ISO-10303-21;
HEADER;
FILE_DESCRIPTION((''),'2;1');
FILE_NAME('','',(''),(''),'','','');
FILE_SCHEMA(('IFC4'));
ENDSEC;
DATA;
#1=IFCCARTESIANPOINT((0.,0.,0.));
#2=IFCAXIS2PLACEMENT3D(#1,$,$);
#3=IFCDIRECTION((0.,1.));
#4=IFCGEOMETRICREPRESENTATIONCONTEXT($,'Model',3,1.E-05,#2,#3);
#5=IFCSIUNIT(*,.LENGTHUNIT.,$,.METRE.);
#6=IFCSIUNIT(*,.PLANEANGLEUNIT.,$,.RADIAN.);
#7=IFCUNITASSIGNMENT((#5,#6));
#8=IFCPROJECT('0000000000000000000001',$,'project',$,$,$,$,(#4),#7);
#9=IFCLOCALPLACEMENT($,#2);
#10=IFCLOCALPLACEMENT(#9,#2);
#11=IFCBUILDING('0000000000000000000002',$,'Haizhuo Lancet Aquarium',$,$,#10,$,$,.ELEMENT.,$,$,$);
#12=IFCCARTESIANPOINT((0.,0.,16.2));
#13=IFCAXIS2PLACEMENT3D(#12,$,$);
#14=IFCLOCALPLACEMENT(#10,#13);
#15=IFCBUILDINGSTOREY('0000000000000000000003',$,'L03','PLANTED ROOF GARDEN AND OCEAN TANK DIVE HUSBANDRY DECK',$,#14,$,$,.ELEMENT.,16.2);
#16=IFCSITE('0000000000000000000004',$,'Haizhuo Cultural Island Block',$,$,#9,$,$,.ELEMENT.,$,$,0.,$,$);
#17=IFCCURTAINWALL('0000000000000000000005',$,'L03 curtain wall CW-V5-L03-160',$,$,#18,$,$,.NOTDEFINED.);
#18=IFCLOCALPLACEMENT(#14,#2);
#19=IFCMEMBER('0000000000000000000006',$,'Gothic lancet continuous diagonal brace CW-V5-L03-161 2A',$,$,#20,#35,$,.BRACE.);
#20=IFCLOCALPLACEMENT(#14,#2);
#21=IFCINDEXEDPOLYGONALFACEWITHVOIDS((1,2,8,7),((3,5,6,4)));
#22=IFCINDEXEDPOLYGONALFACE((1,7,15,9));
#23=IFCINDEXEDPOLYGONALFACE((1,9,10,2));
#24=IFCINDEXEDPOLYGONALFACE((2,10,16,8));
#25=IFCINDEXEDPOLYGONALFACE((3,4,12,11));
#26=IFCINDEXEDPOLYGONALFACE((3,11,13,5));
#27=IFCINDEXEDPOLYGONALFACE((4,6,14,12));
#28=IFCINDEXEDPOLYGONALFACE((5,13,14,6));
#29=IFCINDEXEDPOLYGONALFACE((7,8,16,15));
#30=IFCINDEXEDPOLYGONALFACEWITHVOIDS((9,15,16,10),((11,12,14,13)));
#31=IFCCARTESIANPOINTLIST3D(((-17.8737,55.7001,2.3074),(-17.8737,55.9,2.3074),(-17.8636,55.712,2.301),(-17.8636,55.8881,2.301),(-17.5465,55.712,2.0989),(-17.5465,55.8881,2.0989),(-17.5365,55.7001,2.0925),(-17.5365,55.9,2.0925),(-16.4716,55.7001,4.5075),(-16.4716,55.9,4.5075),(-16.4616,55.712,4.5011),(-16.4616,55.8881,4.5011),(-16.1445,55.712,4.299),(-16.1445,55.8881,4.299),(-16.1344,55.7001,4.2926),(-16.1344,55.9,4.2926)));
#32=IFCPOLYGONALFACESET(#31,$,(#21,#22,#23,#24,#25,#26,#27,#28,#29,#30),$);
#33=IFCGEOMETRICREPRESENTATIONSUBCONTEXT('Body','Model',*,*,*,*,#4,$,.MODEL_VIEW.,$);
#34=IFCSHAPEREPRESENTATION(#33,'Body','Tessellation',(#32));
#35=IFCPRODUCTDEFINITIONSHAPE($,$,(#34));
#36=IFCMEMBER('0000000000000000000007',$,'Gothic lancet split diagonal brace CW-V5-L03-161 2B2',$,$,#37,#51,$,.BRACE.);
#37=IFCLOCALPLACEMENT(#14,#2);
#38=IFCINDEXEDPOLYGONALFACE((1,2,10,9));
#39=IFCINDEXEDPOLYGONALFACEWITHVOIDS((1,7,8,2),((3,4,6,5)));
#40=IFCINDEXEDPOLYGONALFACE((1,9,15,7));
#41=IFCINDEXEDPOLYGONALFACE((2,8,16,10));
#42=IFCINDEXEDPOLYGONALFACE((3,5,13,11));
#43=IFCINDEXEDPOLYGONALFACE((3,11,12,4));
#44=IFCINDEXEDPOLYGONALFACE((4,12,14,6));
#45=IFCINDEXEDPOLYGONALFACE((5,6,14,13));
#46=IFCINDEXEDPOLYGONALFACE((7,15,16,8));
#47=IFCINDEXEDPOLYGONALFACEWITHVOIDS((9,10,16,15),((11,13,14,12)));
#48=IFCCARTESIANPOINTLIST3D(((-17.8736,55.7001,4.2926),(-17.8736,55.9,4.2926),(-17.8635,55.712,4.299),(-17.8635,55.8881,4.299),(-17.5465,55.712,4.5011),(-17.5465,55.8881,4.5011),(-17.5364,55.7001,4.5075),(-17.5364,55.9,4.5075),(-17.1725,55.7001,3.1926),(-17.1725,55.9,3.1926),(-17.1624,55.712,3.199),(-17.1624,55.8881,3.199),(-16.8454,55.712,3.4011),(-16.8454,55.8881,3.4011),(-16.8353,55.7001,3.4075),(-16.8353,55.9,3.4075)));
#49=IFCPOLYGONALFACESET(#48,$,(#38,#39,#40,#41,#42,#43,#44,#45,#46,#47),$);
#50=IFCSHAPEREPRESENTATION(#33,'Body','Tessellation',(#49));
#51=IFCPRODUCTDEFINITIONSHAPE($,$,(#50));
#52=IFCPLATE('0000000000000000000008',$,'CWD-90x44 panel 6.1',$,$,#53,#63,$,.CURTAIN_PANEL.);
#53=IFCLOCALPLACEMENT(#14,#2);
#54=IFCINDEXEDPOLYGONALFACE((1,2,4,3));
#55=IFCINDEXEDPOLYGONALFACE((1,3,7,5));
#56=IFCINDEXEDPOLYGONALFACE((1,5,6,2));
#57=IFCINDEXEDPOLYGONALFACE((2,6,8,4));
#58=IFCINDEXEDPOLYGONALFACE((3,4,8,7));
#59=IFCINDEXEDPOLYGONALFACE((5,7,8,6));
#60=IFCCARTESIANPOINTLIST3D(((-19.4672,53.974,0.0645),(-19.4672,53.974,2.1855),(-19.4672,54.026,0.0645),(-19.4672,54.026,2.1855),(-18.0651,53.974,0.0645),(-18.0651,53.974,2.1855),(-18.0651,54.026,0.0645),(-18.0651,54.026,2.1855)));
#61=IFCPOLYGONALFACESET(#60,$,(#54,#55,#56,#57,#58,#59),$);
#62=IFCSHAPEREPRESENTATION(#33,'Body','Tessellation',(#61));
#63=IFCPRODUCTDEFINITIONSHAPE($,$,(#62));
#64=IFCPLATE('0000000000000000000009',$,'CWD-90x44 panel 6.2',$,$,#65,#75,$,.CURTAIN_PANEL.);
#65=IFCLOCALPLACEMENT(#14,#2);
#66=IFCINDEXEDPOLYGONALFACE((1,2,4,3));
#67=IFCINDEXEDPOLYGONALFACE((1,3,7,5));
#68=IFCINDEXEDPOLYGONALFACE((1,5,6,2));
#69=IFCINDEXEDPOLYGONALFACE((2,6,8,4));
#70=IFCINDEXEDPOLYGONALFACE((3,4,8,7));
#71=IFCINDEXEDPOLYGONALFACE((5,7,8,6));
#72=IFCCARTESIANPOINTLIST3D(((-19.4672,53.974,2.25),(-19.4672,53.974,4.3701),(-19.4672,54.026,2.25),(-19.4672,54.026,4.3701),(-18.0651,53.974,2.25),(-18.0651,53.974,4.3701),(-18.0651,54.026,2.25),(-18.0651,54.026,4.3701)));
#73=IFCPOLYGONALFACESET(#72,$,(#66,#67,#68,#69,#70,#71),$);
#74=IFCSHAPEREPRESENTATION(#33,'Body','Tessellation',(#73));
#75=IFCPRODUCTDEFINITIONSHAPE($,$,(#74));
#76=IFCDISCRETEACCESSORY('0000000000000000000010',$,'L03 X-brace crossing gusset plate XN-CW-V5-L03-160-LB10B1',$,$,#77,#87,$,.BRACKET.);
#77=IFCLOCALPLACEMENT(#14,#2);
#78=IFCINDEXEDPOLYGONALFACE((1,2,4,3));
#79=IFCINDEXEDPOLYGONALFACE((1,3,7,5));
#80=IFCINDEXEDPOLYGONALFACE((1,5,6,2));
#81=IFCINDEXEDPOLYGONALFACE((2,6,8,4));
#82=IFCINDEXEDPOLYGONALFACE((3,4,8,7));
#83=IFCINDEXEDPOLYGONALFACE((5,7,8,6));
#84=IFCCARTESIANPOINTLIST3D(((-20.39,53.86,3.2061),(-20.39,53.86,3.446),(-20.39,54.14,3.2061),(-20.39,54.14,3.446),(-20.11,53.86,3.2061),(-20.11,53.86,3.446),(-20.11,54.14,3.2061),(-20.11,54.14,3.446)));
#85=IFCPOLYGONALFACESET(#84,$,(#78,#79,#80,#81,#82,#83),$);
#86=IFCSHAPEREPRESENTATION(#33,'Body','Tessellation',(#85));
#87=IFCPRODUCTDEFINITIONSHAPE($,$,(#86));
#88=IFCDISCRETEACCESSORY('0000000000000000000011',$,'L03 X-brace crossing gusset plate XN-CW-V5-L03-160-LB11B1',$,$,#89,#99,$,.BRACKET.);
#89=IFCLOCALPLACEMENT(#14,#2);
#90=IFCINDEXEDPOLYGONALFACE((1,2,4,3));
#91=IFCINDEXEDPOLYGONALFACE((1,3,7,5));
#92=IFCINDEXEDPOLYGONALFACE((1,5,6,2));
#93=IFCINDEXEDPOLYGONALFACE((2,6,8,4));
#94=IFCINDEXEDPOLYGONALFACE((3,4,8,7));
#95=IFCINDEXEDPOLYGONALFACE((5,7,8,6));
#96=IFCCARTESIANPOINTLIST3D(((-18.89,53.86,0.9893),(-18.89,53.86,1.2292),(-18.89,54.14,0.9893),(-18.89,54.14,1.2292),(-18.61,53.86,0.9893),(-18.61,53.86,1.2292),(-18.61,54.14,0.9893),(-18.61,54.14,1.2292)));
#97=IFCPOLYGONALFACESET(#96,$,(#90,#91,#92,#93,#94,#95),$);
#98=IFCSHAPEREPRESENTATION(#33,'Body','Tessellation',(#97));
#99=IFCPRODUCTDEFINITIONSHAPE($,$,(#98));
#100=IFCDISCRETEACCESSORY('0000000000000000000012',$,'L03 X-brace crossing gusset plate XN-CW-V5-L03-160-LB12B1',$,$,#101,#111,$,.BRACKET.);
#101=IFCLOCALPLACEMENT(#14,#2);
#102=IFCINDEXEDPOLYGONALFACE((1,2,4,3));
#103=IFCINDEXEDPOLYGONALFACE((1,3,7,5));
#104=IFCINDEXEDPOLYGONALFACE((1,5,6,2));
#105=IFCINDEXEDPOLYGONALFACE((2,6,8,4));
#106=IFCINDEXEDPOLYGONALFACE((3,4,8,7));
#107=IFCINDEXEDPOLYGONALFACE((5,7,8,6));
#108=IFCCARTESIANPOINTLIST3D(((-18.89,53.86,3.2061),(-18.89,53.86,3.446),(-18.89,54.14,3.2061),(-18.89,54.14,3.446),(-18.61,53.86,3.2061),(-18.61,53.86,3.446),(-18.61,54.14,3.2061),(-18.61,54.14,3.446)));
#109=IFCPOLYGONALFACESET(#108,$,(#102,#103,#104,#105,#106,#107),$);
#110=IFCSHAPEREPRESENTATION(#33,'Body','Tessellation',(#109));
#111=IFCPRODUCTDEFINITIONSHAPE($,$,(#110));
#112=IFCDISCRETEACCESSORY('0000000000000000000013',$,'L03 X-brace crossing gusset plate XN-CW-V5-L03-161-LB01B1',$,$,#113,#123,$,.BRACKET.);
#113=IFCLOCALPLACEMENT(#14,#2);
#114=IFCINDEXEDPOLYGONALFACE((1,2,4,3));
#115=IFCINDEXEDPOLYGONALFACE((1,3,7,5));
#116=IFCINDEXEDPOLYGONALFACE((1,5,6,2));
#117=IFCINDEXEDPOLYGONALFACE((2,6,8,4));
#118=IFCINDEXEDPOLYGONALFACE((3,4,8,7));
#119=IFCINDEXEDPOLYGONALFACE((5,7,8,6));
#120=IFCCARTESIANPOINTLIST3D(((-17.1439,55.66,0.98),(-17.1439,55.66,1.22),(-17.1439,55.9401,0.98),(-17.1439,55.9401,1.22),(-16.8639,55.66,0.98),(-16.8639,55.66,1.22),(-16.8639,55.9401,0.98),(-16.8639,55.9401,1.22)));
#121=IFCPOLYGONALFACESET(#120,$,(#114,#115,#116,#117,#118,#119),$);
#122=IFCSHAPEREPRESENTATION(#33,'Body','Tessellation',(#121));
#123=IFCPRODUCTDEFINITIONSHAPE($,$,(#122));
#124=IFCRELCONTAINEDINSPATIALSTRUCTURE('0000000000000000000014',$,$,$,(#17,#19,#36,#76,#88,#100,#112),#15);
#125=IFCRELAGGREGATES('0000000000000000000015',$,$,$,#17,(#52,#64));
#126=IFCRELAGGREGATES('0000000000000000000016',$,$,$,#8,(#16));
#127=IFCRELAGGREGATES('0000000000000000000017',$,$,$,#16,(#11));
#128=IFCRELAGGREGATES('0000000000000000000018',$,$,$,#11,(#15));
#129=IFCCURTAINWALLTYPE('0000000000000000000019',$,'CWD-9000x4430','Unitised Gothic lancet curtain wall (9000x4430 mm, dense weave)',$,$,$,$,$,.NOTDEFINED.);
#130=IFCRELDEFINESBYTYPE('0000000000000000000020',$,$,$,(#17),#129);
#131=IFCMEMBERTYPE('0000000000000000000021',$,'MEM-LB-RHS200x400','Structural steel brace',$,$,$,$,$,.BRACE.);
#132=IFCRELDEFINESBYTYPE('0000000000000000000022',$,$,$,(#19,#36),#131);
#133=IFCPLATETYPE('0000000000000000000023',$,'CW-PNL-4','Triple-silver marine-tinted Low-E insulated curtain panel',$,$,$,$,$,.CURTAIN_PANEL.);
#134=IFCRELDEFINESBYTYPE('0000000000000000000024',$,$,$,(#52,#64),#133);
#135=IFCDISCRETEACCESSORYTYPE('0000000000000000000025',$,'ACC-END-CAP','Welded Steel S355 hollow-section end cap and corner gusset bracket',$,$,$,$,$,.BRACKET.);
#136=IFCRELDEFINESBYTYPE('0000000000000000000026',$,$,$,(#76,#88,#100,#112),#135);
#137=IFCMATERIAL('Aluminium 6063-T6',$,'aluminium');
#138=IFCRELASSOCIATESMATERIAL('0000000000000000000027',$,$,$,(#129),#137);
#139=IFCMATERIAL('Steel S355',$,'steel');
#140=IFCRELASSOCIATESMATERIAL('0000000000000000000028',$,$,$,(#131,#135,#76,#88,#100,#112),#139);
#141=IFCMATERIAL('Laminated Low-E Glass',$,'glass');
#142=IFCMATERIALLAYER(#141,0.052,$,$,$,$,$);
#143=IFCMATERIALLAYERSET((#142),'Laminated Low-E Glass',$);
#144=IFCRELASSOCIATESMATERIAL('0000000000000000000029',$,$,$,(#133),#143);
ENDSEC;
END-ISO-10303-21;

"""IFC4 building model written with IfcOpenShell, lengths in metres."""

from ifc_helpers import new_model, si_unit, direction, frame, origin, origin_2d, place, context, subcontext, project, spatial, rectangle, hollow_rectangle, extrude, material, layer, layer_set, material_profile, profile_set, type_object, element, aggregate, save


model = new_model("IFC4")

# Units and contexts
model_context = context("Model", 3, precision=1e-05, world=origin(), true_north=direction((0.0, 1.0)))
body_context = subcontext(model_context, "Body", "Model", "MODEL_VIEW")
ifc_project = project(units=[si_unit("LENGTHUNIT", "METRE"), si_unit("PLANEANGLEUNIT", "RADIAN")], contexts=[model_context])

# Site, building, storey
site_placement = place(None, origin())
site = spatial("IfcSite", under=ifc_project, at=site_placement, Name="Haizhuo Cultural Island Block", CompositionType="ELEMENT", RefElevation=0.0)
building_placement = place(site_placement, origin())
building = spatial("IfcBuilding", under=site, at=building_placement, Name="Haizhuo Lancet Aquarium", CompositionType="ELEMENT")
storey_placement = place(building_placement, frame((0.0, 0.0, 16.2)))
storey = spatial("IfcBuildingStorey", under=building, at=storey_placement, Name="L03", Description="PLANTED ROOF GARDEN AND OCEAN TANK DIVE HUSBANDRY DECK", CompositionType="ELEMENT", Elevation=16.2)

# Curtain wall
ifc_material_1 = material(Name="Aluminium 6063-T6", Category="aluminium")
curtain_wall_type_1 = type_object("IfcCurtainWallType", Name="CWD-9000x4430", Description="Unitised Gothic lancet curtain wall (9000x4430 mm, dense weave)", PredefinedType="NOTDEFINED", material=ifc_material_1)
curtain_wall_1_placement = place(storey_placement, origin())
curtain_wall_1 = element("IfcCurtainWall", 1, at=curtain_wall_1_placement, inside=storey, type_object=curtain_wall_type_1, Name="L03 curtain wall CW-V5-L03-160", PredefinedType="NOTDEFINED")

# Members
ifc_material_2 = material(Name="Steel S355", Category="steel")
ifc_material_profile_1 = material_profile(ifc_material_2, hollow_rectangle(XDim=0.2, YDim=0.3999, WallThickness=0.012, at=origin_2d()), Name="RHS 200x400x12")
ifc_profile_set_1 = profile_set([ifc_material_profile_1], Name="Steel S355")
member_type_1 = type_object("IfcMemberType", Name="MEM-LB-RHS200x400", Description="Structural steel brace", PredefinedType="BRACE", material=ifc_profile_set_1)
member_1_placement = place(storey_placement, frame((-17.7051, 55.8, 2.2), z_axis=(0.537414, 0.0, 0.843318), x_axis=(0.0, 1.0, 0.0)))
element("IfcMember", 2, at=member_1_placement, inside=storey, type_object=member_type_1, Name="Gothic lancet continuous diagonal brace CW-V5-L03-161 2A", PredefinedType="BRACE", context=body_context, shape_type="SweptSolid", body=[
    extrude(hollow_rectangle(XDim=0.2, YDim=0.3999, WallThickness=0.012, at=origin_2d()), origin(), (0.0, 0.0, 1.0), 2.6089),
])
member_2_placement = place(storey_placement, frame((-17.0039, 55.8, 3.3), z_axis=(-0.537481, 0.0, 0.843276), x_axis=(0.0, -1.0, 0.0)))
element("IfcMember", 3, at=member_2_placement, inside=storey, type_object=member_type_1, Name="Gothic lancet split diagonal brace CW-V5-L03-161 2B2", PredefinedType="BRACE", context=body_context, shape_type="SweptSolid", body=[
    extrude(hollow_rectangle(XDim=0.2, YDim=0.3999, WallThickness=0.012, at=origin_2d()), origin(), (0.0, 0.0, 1.0), 1.3044),
])

# Plates
ifc_material_3 = material(Name="Laminated Low-E Glass", Category="glass")
ifc_layer = layer(ifc_material_3, 0.052)
ifc_layer_set = layer_set([ifc_layer], Name="Laminated Low-E Glass")
plate_type = type_object("IfcPlateType", Name="CW-PNL-4", Description="Triple-silver marine-tinted Low-E insulated curtain panel", PredefinedType="CURTAIN_PANEL", material=ifc_layer_set)
plate_1_placement = place(storey_placement, frame((-18.7661, 54.0, 0.0645), z_axis=(0.0, 0.0, 1.0), x_axis=(1.0, 0.0, 0.0)))
plate_1 = element("IfcPlate", 4, at=plate_1_placement, type_object=plate_type, Name="CWD-90x44 panel 6.1", PredefinedType="CURTAIN_PANEL", context=body_context, shape_type="SweptSolid", body=[
    extrude(rectangle(XDim=1.4021, YDim=0.052, at=origin_2d()), origin(), (0.0, 0.0, 1.0), 2.1211),
])
plate_2_placement = place(storey_placement, frame((-18.7661, 54.0, 2.25), z_axis=(0.0, 0.0, 1.0), x_axis=(1.0, 0.0, 0.0)))
plate_2 = element("IfcPlate", 5, at=plate_2_placement, type_object=plate_type, Name="CWD-90x44 panel 6.2", PredefinedType="CURTAIN_PANEL", context=body_context, shape_type="SweptSolid", body=[
    extrude(rectangle(XDim=1.4021, YDim=0.052, at=origin_2d()), origin(), (0.0, 0.0, 1.0), 2.1201),
])
aggregate(curtain_wall_1, [plate_1, plate_2])

# Discrete accessories
discrete_accessory_type = type_object("IfcDiscreteAccessoryType", Name="ACC-END-CAP", Description="Welded Steel S355 hollow-section end cap and corner gusset bracket", PredefinedType="BRACKET", material=ifc_material_2)
for number, where, z_axis, x_axis, name in (
    (6, (-20.25, 54.0, 3.2061), (0.0, 0.0, 1.0), (1.0, 0.0, 0.0), "L03 X-brace crossing gusset plate XN-CW-V5-L03-160-LB10B1"),
    (7, (-18.75, 54.0, 0.9893), (0.0, 0.0, 1.0), (1.0, 0.0, 0.0), "L03 X-brace crossing gusset plate XN-CW-V5-L03-160-LB11B1"),
    (8, (-18.75, 54.0, 3.2061), (0.0, 0.0, 1.0), (1.0, 0.0, 0.0), "L03 X-brace crossing gusset plate XN-CW-V5-L03-160-LB12B1"),
    (9, (-17.0039, 55.8, 0.98), (0.0, 0.0, 1.0), (1.0, 0.0, 0.0), "L03 X-brace crossing gusset plate XN-CW-V5-L03-161-LB01B1"),
):
    element("IfcDiscreteAccessory", number, at=place(storey_placement, frame(where, z_axis=z_axis, x_axis=x_axis)), inside=storey, type_object=discrete_accessory_type, material=ifc_material_2, Name=name, PredefinedType="BRACKET", context=body_context, shape_type="SweptSolid", body=[
        extrude(rectangle(XDim=0.28, YDim=0.28, at=origin_2d()), origin(), (0.0, 0.0, 1.0), 0.24),
    ])

save(model, "model.ifc")
